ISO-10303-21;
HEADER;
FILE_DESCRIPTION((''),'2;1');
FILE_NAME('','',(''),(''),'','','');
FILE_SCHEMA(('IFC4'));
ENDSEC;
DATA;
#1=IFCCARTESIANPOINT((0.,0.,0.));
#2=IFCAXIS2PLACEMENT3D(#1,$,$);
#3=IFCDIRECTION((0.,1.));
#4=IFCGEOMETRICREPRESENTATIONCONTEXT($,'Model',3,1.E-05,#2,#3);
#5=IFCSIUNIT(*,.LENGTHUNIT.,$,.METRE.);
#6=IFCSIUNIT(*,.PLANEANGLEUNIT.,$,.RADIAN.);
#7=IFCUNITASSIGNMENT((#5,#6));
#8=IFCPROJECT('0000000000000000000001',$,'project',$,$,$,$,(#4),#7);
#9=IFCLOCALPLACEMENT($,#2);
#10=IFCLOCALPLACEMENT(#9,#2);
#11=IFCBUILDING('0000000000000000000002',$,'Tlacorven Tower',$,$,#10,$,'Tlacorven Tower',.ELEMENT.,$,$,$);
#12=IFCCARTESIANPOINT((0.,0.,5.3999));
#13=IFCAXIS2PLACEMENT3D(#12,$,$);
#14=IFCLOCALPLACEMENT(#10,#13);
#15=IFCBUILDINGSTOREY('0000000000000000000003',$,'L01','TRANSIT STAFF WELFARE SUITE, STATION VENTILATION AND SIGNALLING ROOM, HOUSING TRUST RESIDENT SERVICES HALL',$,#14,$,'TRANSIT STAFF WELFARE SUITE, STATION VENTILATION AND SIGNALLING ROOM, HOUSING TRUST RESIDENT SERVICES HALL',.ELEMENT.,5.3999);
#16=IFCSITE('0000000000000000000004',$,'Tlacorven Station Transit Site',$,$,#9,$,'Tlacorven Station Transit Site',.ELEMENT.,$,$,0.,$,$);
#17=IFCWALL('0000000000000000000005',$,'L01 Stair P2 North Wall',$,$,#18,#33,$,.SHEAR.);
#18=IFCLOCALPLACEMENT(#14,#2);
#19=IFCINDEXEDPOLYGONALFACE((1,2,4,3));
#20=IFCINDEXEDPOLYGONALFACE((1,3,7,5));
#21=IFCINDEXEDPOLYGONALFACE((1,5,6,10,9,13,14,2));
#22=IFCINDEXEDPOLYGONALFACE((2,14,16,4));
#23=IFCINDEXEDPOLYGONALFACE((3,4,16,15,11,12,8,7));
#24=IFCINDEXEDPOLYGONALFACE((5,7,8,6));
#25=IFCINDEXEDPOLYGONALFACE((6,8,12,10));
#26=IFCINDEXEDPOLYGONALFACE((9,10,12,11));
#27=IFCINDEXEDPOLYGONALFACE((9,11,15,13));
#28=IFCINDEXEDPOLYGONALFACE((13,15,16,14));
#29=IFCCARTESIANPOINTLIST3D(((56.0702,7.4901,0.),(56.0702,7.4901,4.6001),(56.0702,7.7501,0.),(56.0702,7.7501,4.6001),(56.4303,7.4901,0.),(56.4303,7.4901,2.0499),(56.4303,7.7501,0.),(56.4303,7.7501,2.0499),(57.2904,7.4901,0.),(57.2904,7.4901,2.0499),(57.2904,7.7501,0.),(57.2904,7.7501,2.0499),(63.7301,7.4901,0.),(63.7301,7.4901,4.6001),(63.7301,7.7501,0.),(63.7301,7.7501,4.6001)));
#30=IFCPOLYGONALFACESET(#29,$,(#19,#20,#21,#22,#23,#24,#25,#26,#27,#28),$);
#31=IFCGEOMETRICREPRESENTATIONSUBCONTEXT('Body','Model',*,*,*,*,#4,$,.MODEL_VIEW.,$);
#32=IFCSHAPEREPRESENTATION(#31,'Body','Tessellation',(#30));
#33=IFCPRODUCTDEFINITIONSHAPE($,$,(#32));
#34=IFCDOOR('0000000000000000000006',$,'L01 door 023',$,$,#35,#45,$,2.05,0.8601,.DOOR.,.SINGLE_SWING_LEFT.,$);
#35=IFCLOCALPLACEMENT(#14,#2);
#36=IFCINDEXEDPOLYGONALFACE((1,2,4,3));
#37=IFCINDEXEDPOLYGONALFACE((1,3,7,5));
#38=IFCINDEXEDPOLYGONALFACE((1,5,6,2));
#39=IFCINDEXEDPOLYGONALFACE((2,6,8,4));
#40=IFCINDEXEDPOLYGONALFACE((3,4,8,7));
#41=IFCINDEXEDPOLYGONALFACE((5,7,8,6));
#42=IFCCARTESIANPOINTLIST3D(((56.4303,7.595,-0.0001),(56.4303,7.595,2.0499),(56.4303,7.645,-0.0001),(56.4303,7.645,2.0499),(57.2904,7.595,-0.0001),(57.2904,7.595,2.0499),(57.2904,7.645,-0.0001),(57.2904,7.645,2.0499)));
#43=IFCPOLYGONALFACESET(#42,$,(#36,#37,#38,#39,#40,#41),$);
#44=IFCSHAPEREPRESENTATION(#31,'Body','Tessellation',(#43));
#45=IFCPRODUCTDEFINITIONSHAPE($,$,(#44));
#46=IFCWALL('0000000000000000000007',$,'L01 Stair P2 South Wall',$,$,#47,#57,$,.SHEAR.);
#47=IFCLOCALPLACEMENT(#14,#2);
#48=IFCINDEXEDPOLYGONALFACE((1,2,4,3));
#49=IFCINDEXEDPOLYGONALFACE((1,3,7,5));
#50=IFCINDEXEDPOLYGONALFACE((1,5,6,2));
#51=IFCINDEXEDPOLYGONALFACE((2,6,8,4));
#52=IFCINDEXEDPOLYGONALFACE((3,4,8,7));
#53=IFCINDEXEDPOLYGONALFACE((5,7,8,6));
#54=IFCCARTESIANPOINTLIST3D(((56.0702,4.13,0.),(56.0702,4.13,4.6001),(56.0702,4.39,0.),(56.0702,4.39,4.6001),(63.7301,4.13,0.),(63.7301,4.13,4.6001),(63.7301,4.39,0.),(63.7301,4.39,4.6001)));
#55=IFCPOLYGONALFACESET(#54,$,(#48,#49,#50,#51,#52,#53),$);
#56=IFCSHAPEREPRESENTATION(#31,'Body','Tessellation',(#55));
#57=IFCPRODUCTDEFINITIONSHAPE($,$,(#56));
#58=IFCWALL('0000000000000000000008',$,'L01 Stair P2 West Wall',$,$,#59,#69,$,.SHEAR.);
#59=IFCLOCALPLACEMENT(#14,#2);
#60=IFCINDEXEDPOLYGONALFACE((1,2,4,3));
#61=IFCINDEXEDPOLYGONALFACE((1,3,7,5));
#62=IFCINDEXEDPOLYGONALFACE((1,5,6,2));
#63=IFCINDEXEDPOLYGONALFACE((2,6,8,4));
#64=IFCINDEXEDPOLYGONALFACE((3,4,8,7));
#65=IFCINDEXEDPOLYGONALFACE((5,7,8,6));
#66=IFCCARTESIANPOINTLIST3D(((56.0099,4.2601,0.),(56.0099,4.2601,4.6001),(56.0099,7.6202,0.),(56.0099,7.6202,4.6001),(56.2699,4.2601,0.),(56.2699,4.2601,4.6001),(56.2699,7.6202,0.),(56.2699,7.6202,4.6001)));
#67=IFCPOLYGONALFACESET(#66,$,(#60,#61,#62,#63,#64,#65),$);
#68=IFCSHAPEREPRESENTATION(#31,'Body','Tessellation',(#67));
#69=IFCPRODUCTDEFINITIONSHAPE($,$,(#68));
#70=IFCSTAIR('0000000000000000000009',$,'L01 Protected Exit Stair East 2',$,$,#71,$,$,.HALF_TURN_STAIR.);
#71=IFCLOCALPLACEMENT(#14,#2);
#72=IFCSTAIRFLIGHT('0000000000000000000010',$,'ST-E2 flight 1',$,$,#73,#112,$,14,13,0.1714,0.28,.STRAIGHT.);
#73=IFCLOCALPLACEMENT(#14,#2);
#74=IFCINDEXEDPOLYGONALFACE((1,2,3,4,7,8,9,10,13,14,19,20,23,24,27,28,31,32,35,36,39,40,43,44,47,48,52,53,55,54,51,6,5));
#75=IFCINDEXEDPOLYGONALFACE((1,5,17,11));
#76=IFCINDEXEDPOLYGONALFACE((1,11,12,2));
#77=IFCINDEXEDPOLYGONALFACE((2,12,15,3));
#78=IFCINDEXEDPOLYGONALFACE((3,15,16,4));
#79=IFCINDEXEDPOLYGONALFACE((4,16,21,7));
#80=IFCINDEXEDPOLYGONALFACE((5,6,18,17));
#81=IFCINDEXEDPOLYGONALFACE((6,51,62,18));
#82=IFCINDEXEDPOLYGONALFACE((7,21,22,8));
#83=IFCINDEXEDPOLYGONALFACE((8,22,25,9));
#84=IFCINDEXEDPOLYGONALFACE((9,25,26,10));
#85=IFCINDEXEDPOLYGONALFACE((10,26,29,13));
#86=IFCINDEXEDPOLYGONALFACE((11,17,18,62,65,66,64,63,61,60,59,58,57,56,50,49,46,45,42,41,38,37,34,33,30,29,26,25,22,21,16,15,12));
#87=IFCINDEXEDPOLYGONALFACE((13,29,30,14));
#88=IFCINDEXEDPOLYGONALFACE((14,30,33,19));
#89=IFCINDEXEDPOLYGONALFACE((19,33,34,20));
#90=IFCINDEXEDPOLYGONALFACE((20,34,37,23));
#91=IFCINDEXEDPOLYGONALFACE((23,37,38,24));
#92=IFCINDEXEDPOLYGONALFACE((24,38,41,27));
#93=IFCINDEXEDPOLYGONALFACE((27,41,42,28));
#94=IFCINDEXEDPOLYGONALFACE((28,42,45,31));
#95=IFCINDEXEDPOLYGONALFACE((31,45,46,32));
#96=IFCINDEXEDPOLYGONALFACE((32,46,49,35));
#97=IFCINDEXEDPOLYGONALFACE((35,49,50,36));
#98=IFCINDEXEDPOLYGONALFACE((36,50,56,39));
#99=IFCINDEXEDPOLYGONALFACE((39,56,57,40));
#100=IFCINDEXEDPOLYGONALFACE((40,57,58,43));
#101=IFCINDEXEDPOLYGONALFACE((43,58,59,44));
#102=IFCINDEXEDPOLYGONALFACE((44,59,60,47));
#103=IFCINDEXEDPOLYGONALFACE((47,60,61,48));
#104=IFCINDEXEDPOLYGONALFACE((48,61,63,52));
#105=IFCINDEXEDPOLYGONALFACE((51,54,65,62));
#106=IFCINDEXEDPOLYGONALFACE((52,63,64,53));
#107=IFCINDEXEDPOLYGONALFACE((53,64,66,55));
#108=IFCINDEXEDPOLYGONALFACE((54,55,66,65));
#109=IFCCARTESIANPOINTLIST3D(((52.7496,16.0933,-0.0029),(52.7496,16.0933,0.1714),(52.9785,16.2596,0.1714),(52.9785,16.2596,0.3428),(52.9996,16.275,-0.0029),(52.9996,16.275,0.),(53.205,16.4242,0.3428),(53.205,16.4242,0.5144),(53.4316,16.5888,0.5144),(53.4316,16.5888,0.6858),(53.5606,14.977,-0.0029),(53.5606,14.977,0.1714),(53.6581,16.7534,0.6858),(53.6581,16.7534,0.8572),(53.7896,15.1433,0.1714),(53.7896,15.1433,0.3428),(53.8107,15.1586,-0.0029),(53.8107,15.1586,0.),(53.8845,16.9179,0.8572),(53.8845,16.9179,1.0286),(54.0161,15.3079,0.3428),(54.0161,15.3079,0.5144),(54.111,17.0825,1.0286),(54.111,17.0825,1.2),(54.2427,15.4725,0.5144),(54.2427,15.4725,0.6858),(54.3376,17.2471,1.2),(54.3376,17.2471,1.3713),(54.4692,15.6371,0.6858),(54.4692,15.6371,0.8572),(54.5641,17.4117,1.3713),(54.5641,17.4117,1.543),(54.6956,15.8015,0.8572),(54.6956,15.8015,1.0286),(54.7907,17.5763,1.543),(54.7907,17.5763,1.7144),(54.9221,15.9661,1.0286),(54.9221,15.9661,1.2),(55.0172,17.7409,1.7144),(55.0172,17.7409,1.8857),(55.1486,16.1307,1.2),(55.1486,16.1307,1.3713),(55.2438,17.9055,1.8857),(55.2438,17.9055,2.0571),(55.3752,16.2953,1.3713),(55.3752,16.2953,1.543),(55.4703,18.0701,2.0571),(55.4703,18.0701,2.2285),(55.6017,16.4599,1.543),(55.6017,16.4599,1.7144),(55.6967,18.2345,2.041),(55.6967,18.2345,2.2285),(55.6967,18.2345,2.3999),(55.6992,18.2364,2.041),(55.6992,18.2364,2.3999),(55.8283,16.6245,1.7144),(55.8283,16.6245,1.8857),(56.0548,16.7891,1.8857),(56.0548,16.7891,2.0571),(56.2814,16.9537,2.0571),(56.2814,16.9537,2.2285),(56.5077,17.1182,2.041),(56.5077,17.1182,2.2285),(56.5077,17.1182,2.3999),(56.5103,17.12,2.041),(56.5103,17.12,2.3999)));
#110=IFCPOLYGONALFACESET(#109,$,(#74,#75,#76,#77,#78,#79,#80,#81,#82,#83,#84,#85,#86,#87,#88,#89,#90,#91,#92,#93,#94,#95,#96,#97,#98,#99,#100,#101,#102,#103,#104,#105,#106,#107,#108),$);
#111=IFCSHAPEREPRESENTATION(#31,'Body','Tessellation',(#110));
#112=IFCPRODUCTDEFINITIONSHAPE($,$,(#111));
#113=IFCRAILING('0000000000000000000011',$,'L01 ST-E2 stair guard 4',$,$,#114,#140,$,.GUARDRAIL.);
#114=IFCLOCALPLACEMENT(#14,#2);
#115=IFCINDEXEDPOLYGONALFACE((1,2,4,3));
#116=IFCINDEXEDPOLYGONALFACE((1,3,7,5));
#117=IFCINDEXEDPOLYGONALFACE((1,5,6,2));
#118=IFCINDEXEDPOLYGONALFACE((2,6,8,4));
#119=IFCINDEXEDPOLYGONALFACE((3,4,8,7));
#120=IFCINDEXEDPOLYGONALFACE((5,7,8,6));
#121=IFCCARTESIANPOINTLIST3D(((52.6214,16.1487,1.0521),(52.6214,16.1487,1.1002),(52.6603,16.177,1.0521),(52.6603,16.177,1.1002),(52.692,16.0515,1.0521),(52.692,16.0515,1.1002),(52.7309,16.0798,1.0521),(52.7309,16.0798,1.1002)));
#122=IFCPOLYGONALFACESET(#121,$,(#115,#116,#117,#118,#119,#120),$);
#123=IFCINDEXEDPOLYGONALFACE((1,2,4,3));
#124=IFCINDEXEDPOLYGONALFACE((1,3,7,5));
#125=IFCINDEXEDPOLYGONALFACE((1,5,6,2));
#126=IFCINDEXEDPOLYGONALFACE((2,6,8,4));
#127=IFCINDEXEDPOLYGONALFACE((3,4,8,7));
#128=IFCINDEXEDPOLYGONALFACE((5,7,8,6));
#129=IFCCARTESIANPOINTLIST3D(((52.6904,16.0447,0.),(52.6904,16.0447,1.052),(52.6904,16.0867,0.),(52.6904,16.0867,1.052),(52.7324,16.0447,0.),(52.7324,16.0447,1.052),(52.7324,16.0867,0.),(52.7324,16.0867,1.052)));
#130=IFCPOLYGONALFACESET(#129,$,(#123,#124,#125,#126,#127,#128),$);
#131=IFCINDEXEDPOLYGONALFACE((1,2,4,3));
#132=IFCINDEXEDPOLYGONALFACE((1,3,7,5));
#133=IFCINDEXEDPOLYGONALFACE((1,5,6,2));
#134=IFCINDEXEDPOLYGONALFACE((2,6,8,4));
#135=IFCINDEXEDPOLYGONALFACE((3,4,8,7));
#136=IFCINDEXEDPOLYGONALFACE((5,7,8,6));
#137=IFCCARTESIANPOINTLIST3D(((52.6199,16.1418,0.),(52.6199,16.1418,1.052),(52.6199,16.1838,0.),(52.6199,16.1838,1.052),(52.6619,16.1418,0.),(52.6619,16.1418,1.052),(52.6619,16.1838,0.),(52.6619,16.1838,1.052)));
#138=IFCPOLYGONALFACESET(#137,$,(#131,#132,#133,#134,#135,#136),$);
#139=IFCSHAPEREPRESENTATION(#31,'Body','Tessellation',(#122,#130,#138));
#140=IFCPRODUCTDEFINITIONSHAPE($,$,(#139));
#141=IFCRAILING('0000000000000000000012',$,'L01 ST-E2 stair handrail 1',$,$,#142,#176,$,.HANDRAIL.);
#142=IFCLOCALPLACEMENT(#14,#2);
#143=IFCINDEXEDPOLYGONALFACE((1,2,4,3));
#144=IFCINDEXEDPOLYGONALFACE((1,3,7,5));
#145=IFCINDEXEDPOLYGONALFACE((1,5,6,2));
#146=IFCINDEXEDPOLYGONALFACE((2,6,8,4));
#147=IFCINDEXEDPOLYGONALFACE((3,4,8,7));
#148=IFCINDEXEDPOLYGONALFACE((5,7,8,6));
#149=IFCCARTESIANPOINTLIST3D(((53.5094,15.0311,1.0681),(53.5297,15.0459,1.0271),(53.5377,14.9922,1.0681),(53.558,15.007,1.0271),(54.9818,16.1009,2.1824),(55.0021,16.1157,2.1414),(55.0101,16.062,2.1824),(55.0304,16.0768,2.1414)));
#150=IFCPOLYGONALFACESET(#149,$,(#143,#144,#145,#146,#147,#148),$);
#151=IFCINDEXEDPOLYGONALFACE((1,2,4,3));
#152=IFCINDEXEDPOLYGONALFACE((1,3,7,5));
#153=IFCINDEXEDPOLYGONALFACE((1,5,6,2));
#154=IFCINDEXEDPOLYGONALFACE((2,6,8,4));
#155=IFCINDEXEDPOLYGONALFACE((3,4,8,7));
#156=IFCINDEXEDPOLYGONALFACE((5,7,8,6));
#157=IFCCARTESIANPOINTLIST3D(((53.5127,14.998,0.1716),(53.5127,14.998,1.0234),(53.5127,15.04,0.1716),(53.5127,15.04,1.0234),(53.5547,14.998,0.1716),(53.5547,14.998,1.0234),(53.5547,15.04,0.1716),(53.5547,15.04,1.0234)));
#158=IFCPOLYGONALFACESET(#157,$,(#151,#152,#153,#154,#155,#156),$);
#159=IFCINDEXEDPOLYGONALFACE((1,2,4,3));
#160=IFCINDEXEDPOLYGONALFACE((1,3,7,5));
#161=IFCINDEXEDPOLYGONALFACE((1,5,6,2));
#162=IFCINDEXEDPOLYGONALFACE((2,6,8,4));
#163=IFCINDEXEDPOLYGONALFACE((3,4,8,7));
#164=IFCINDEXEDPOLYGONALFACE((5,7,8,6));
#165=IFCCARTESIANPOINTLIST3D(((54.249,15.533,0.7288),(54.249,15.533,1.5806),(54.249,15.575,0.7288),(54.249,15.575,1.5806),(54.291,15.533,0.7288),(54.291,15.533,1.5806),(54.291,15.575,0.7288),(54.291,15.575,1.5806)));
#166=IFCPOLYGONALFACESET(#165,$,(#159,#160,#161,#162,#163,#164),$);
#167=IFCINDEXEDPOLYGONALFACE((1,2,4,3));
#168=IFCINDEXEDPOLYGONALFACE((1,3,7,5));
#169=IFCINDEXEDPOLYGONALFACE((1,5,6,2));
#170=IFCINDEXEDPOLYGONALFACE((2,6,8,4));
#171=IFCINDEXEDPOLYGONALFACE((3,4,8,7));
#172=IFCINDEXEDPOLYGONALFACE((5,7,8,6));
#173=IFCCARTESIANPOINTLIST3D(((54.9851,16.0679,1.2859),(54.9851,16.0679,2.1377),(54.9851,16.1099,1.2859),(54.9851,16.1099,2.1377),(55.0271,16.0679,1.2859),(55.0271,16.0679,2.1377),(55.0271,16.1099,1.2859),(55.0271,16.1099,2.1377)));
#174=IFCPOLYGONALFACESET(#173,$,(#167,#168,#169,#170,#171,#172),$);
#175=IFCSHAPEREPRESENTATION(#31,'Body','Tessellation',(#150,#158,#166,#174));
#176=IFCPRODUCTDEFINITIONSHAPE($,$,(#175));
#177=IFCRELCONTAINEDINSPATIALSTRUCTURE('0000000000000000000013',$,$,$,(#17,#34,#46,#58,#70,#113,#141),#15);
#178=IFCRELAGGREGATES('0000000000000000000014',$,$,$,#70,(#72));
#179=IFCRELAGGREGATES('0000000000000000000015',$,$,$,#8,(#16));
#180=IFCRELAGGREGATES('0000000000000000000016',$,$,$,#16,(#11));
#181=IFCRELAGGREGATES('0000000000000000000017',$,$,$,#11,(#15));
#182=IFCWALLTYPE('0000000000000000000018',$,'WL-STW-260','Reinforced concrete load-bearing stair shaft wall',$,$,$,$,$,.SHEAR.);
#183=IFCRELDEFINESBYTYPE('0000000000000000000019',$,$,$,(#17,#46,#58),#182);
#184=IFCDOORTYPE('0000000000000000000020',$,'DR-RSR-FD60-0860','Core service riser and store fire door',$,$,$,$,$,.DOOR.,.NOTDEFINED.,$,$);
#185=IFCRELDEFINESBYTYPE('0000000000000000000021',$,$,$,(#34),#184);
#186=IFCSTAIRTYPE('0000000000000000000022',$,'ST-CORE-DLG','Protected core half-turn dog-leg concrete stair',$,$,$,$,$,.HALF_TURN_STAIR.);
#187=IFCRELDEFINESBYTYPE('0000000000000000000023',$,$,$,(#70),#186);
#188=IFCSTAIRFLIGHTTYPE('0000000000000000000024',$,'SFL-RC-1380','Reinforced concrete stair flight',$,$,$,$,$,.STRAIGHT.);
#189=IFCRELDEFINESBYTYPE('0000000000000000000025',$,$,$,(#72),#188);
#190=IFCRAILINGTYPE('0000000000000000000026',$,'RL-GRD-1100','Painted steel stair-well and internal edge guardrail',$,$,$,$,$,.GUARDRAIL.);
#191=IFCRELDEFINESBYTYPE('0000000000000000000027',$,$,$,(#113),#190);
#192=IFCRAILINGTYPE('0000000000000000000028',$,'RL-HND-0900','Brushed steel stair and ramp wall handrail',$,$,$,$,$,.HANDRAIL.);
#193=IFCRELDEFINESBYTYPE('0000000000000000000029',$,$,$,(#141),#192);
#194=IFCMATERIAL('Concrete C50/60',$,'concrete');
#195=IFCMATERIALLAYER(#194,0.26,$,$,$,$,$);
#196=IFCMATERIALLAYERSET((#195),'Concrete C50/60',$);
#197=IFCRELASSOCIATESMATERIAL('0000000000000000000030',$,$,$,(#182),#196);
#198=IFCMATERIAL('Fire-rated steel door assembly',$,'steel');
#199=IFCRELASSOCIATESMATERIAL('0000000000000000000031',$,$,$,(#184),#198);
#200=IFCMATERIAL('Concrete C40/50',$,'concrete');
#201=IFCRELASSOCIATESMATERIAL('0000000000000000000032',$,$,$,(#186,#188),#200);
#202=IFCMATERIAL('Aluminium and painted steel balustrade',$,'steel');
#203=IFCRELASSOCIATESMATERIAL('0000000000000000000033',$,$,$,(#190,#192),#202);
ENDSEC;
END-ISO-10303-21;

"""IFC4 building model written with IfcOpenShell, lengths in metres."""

from ifc_helpers import new_model, si_unit, direction, frame, frame_2d, origin, origin_2d, place, context, subcontext, project, spatial, polyline, rectangle, outline, extrude, source, transform, mapped, material, layer, layer_set, type_object, element, fill, aggregate, save


model = new_model("IFC4")

# Units and contexts
model_context = context("Model", 3, precision=1e-05, world=origin(), true_north=direction((0.0, 1.0)))
body_context = subcontext(model_context, "Body", "Model", "MODEL_VIEW")
ifc_project = project(units=[si_unit("LENGTHUNIT", "METRE"), si_unit("PLANEANGLEUNIT", "RADIAN")], contexts=[model_context])

# Site, building, storey
site_placement = place(None, origin())
site = spatial("IfcSite", under=ifc_project, at=site_placement, Name="Tlacorven Station Transit Site", LongName="Tlacorven Station Transit Site", CompositionType="ELEMENT", RefElevation=0.0)
building_placement = place(site_placement, origin())
building = spatial("IfcBuilding", under=site, at=building_placement, Name="Tlacorven Tower", LongName="Tlacorven Tower", CompositionType="ELEMENT")
storey_placement = place(building_placement, frame((0.0, 0.0, 5.3999)))
storey = spatial("IfcBuildingStorey", under=building, at=storey_placement, Name="L01", Description="TRANSIT STAFF WELFARE SUITE, STATION VENTILATION AND SIGNALLING ROOM, HOUSING TRUST RESIDENT SERVICES HALL", LongName="TRANSIT STAFF WELFARE SUITE, STATION VENTILATION AND SIGNALLING ROOM, HOUSING TRUST RESIDENT SERVICES HALL", CompositionType="ELEMENT", Elevation=5.3999)

# Shared definitions
ifc_material_1 = material(Name="Concrete C50/60", Category="concrete")
ifc_layer_1 = layer(ifc_material_1, 0.26)
ifc_layer_set_1 = layer_set([ifc_layer_1], Name="Concrete C50/60")
wall_type_1 = type_object("IfcWallType", Name="WL-STW-260", Description="Reinforced concrete load-bearing stair shaft wall", PredefinedType="SHEAR", material=ifc_layer_set_1)

# Wall, opening, door
wall_1_placement = place(storey_placement, frame((56.0701, 7.6201, 0.0), z_axis=(0.0, 0.0, 1.0), x_axis=(1.0, 0.0, 0.0)))
wall_1 = element("IfcWall", 1, at=wall_1_placement, inside=storey, type_object=wall_type_1, Name="L01 Stair P2 North Wall", PredefinedType="SHEAR", context=body_context, shape_type="SweptSolid", body=[
    extrude(rectangle(XDim=7.6599, YDim=0.26, at=frame_2d((3.8301, 0.0))), origin(), (0.0, 0.0, 1.0), 4.6001),
])
opening_placement = place(wall_1_placement, frame((0.3601, 0.0, 0.0)))
opening = element("IfcOpeningElement", 2, at=opening_placement, cuts=wall_1, PredefinedType="OPENING", context=body_context, shape_type="SweptSolid", body=[
    extrude(rectangle(XDim=0.8601, YDim=2.05, at=frame_2d((0.4302, 1.0249))), frame((0.0, 0.1401, 0.0), z_axis=(0.0, -1.0, 0.0), x_axis=(1.0, 0.0, 0.0)), (0.0, 0.0, 1.0), 0.28),
])
ifc_material_2 = material(Name="Fire-rated steel door assembly", Category="steel")
door_type = type_object("IfcDoorType", Name="DR-RSR-FD60-0860", Description="Core service riser and store fire door", OperationType="NOTDEFINED", PredefinedType="DOOR", material=ifc_material_2)
shared_shape_1 = source(origin(), body_context, "Body", "SweptSolid", [
    extrude(rectangle(XDim=0.8601, YDim=2.05, at=frame_2d((0.4302, 1.0249))), frame((0.0, 0.0249, 0.0), z_axis=(0.0, -1.0, 0.0), x_axis=(1.0, 0.0, 0.0)), (0.0, 0.0, 1.0), 0.05),
])
door_placement = place(opening_placement, origin())
door = element("IfcDoor", 3, at=door_placement, inside=storey, type_object=door_type, Name="L01 door 023", OperationType="SINGLE_SWING_LEFT", OverallHeight=2.05, OverallWidth=0.8601, PredefinedType="DOOR", context=body_context, shape_type="MappedRepresentation", body=[
    mapped(shared_shape_1, transform((0.0, 0.0, 0.0), scale=1.0)),
])
fill(opening, door)

# Walls
wall_2_placement = place(storey_placement, frame((56.0701, 4.26, 0.0), z_axis=(0.0, 0.0, 1.0), x_axis=(1.0, 0.0, 0.0)))
element("IfcWall", 4, at=wall_2_placement, inside=storey, type_object=wall_type_1, Name="L01 Stair P2 South Wall", PredefinedType="SHEAR", context=body_context, shape_type="SweptSolid", body=[
    extrude(rectangle(XDim=7.6599, YDim=0.26, at=frame_2d((3.8301, 0.0))), origin(), (0.0, 0.0, 1.0), 4.6001),
])
wall_3_placement = place(storey_placement, frame((56.1399, 4.26, 0.0), z_axis=(0.0, 0.0, 1.0), x_axis=(0.0, 1.0, 0.0)))
element("IfcWall", 5, at=wall_3_placement, inside=storey, type_object=wall_type_1, Name="L01 Stair P2 West Wall", PredefinedType="SHEAR", context=body_context, shape_type="SweptSolid", body=[
    extrude(rectangle(XDim=3.3601, YDim=0.26, at=frame_2d((1.6802, 0.0))), origin(), (0.0, 0.0, 1.0), 4.6001),
])

# Stair, stair flight
ifc_material_3 = material(Name="Concrete C40/50", Category="concrete")
stair_type = type_object("IfcStairType", Name="ST-CORE-DLG", Description="Protected core half-turn dog-leg concrete stair", PredefinedType="HALF_TURN_STAIR", material=ifc_material_3)
stair_placement = place(storey_placement, origin())
stair = element("IfcStair", 6, at=stair_placement, inside=storey, type_object=stair_type, Name="L01 Protected Exit Stair East 2", PredefinedType="HALF_TURN_STAIR")
stair_flight_type = type_object("IfcStairFlightType", Name="SFL-RC-1380", Description="Reinforced concrete stair flight", PredefinedType="STRAIGHT", material=ifc_material_3)
shared_shape_2 = source(origin(), body_context, "Body", "SweptSolid", [
    extrude(outline(polyline([(-0.0029, -0.0029), (-0.0029, 0.1714), (0.28, 0.1714), (0.28, 0.3428), (0.5601, 0.3428), (0.5601, 0.5144), (0.8401, 0.5144), (0.8401, 0.6858), (1.1201, 0.6858), (1.1201, 0.8572), (1.3999, 0.8572), (1.3999, 1.0286), (1.6799, 1.0286), (1.6799, 1.2), (1.96, 1.2), (1.96, 1.3713), (2.24, 1.3713), (2.24, 1.543), (2.52, 1.543), (2.52, 1.7144), (2.8, 1.7144), (2.8, 1.8857), (3.0801, 1.8857), (3.0801, 2.0571), (3.3601, 2.0571), (3.3601, 2.2285), (3.6399, 2.2285), (3.6399, 2.3999), (3.6431, 2.3999), (3.6431, 2.041), (3.6399, 2.041), (0.3062, 0.0), (0.3062, -0.0029), (-0.0029, -0.0029)])), frame((0.0, 0.6899, 0.0), z_axis=(0.0, -1.0, 0.0), x_axis=(1.0, 0.0, 0.0)), (0.0, 0.0, 1.0), 1.3799),
])
stair_flight_placement = place(storey_placement, frame((53.1575, 15.5369, 0.0), z_axis=(0.0, 0.0, 1.0), x_axis=(0.809017, 0.587785, 0.0)))
stair_flight = element("IfcStairFlight", 7, at=stair_flight_placement, type_object=stair_flight_type, Name="ST-E2 flight 1", NumberOfRisers=14, NumberOfTreads=13, PredefinedType="STRAIGHT", RiserHeight=0.1714, TreadLength=0.28, context=body_context, shape_type="MappedRepresentation", body=[
    mapped(shared_shape_2, transform((0.0, 0.0, 0.0), scale=1.0)),
])
aggregate(stair, [stair_flight])

# Railings
ifc_material_4 = material(Name="Aluminium and painted steel balustrade", Category="steel")
railing_type_1 = type_object("IfcRailingType", Name="RL-GRD-1100", Description="Painted steel stair-well and internal edge guardrail", PredefinedType="GUARDRAIL", material=ifc_material_4)
shared_shape_3 = source(origin(), body_context, "Body", "SweptSolid", [
    extrude(rectangle(XDim=0.0481, YDim=0.0481, at=origin_2d()), frame((0.0, 0.0, 1.0762), z_axis=(-0.587567, 0.809175, 0.0), x_axis=(-0.809175, -0.587567, 0.0)), (0.0, 0.0, 1.0), 0.1201),
    extrude(rectangle(XDim=0.042, YDim=0.042, at=origin_2d()), origin(), (0.0, 0.0, 1.0), 1.052),
    extrude(rectangle(XDim=0.042, YDim=0.042, at=origin_2d()), frame((-0.0706, 0.0972, 0.0)), (0.0, 0.0, 1.0), 1.052),
])
railing_1_placement = place(storey_placement, frame((52.7114, 16.0657, 0.0)))
element("IfcRailing", 8, at=railing_1_placement, inside=storey, type_object=railing_type_1, Name="L01 ST-E2 stair guard 4", PredefinedType="GUARDRAIL", context=body_context, shape_type="MappedRepresentation", body=[
    mapped(shared_shape_3, transform((0.0, 0.0, 0.0), scale=1.0)),
])
railing_type_2 = type_object("IfcRailingType", Name="RL-HND-0900", Description="Brushed steel stair and ramp wall handrail", PredefinedType="HANDRAIL", material=ifc_material_4)
shared_shape_4 = source(origin(), body_context, "Body", "SweptSolid", [
    extrude(rectangle(XDim=0.0481, YDim=0.0481, at=origin_2d()), frame((0.0, 0.0, 0.876), z_axis=(0.689967, 0.501316, 0.522137), x_axis=(-0.587805, 0.809003, 0.0)), (0.0, 0.0, 1.0), 2.134),
    extrude(rectangle(XDim=0.042, YDim=0.042, at=origin_2d()), origin(), (0.0, 0.0, 1.0), 0.8518),
    extrude(rectangle(XDim=0.042, YDim=0.042, at=origin_2d()), frame((0.7363, 0.5349, 0.5571)), (0.0, 0.0, 1.0), 0.8518),
    extrude(rectangle(XDim=0.042, YDim=0.042, at=origin_2d()), frame((1.4724, 1.0698, 1.1143)), (0.0, 0.0, 1.0), 0.8518),
])
railing_2_placement = place(storey_placement, frame((53.5337, 15.019, 0.1716)))
element("IfcRailing", 9, at=railing_2_placement, inside=storey, type_object=railing_type_2, Name="L01 ST-E2 stair handrail 1", PredefinedType="HANDRAIL", context=body_context, shape_type="MappedRepresentation", body=[
    mapped(shared_shape_4, transform((0.0, 0.0, 0.0), scale=1.0)),
])

save(model, "model.ifc")
